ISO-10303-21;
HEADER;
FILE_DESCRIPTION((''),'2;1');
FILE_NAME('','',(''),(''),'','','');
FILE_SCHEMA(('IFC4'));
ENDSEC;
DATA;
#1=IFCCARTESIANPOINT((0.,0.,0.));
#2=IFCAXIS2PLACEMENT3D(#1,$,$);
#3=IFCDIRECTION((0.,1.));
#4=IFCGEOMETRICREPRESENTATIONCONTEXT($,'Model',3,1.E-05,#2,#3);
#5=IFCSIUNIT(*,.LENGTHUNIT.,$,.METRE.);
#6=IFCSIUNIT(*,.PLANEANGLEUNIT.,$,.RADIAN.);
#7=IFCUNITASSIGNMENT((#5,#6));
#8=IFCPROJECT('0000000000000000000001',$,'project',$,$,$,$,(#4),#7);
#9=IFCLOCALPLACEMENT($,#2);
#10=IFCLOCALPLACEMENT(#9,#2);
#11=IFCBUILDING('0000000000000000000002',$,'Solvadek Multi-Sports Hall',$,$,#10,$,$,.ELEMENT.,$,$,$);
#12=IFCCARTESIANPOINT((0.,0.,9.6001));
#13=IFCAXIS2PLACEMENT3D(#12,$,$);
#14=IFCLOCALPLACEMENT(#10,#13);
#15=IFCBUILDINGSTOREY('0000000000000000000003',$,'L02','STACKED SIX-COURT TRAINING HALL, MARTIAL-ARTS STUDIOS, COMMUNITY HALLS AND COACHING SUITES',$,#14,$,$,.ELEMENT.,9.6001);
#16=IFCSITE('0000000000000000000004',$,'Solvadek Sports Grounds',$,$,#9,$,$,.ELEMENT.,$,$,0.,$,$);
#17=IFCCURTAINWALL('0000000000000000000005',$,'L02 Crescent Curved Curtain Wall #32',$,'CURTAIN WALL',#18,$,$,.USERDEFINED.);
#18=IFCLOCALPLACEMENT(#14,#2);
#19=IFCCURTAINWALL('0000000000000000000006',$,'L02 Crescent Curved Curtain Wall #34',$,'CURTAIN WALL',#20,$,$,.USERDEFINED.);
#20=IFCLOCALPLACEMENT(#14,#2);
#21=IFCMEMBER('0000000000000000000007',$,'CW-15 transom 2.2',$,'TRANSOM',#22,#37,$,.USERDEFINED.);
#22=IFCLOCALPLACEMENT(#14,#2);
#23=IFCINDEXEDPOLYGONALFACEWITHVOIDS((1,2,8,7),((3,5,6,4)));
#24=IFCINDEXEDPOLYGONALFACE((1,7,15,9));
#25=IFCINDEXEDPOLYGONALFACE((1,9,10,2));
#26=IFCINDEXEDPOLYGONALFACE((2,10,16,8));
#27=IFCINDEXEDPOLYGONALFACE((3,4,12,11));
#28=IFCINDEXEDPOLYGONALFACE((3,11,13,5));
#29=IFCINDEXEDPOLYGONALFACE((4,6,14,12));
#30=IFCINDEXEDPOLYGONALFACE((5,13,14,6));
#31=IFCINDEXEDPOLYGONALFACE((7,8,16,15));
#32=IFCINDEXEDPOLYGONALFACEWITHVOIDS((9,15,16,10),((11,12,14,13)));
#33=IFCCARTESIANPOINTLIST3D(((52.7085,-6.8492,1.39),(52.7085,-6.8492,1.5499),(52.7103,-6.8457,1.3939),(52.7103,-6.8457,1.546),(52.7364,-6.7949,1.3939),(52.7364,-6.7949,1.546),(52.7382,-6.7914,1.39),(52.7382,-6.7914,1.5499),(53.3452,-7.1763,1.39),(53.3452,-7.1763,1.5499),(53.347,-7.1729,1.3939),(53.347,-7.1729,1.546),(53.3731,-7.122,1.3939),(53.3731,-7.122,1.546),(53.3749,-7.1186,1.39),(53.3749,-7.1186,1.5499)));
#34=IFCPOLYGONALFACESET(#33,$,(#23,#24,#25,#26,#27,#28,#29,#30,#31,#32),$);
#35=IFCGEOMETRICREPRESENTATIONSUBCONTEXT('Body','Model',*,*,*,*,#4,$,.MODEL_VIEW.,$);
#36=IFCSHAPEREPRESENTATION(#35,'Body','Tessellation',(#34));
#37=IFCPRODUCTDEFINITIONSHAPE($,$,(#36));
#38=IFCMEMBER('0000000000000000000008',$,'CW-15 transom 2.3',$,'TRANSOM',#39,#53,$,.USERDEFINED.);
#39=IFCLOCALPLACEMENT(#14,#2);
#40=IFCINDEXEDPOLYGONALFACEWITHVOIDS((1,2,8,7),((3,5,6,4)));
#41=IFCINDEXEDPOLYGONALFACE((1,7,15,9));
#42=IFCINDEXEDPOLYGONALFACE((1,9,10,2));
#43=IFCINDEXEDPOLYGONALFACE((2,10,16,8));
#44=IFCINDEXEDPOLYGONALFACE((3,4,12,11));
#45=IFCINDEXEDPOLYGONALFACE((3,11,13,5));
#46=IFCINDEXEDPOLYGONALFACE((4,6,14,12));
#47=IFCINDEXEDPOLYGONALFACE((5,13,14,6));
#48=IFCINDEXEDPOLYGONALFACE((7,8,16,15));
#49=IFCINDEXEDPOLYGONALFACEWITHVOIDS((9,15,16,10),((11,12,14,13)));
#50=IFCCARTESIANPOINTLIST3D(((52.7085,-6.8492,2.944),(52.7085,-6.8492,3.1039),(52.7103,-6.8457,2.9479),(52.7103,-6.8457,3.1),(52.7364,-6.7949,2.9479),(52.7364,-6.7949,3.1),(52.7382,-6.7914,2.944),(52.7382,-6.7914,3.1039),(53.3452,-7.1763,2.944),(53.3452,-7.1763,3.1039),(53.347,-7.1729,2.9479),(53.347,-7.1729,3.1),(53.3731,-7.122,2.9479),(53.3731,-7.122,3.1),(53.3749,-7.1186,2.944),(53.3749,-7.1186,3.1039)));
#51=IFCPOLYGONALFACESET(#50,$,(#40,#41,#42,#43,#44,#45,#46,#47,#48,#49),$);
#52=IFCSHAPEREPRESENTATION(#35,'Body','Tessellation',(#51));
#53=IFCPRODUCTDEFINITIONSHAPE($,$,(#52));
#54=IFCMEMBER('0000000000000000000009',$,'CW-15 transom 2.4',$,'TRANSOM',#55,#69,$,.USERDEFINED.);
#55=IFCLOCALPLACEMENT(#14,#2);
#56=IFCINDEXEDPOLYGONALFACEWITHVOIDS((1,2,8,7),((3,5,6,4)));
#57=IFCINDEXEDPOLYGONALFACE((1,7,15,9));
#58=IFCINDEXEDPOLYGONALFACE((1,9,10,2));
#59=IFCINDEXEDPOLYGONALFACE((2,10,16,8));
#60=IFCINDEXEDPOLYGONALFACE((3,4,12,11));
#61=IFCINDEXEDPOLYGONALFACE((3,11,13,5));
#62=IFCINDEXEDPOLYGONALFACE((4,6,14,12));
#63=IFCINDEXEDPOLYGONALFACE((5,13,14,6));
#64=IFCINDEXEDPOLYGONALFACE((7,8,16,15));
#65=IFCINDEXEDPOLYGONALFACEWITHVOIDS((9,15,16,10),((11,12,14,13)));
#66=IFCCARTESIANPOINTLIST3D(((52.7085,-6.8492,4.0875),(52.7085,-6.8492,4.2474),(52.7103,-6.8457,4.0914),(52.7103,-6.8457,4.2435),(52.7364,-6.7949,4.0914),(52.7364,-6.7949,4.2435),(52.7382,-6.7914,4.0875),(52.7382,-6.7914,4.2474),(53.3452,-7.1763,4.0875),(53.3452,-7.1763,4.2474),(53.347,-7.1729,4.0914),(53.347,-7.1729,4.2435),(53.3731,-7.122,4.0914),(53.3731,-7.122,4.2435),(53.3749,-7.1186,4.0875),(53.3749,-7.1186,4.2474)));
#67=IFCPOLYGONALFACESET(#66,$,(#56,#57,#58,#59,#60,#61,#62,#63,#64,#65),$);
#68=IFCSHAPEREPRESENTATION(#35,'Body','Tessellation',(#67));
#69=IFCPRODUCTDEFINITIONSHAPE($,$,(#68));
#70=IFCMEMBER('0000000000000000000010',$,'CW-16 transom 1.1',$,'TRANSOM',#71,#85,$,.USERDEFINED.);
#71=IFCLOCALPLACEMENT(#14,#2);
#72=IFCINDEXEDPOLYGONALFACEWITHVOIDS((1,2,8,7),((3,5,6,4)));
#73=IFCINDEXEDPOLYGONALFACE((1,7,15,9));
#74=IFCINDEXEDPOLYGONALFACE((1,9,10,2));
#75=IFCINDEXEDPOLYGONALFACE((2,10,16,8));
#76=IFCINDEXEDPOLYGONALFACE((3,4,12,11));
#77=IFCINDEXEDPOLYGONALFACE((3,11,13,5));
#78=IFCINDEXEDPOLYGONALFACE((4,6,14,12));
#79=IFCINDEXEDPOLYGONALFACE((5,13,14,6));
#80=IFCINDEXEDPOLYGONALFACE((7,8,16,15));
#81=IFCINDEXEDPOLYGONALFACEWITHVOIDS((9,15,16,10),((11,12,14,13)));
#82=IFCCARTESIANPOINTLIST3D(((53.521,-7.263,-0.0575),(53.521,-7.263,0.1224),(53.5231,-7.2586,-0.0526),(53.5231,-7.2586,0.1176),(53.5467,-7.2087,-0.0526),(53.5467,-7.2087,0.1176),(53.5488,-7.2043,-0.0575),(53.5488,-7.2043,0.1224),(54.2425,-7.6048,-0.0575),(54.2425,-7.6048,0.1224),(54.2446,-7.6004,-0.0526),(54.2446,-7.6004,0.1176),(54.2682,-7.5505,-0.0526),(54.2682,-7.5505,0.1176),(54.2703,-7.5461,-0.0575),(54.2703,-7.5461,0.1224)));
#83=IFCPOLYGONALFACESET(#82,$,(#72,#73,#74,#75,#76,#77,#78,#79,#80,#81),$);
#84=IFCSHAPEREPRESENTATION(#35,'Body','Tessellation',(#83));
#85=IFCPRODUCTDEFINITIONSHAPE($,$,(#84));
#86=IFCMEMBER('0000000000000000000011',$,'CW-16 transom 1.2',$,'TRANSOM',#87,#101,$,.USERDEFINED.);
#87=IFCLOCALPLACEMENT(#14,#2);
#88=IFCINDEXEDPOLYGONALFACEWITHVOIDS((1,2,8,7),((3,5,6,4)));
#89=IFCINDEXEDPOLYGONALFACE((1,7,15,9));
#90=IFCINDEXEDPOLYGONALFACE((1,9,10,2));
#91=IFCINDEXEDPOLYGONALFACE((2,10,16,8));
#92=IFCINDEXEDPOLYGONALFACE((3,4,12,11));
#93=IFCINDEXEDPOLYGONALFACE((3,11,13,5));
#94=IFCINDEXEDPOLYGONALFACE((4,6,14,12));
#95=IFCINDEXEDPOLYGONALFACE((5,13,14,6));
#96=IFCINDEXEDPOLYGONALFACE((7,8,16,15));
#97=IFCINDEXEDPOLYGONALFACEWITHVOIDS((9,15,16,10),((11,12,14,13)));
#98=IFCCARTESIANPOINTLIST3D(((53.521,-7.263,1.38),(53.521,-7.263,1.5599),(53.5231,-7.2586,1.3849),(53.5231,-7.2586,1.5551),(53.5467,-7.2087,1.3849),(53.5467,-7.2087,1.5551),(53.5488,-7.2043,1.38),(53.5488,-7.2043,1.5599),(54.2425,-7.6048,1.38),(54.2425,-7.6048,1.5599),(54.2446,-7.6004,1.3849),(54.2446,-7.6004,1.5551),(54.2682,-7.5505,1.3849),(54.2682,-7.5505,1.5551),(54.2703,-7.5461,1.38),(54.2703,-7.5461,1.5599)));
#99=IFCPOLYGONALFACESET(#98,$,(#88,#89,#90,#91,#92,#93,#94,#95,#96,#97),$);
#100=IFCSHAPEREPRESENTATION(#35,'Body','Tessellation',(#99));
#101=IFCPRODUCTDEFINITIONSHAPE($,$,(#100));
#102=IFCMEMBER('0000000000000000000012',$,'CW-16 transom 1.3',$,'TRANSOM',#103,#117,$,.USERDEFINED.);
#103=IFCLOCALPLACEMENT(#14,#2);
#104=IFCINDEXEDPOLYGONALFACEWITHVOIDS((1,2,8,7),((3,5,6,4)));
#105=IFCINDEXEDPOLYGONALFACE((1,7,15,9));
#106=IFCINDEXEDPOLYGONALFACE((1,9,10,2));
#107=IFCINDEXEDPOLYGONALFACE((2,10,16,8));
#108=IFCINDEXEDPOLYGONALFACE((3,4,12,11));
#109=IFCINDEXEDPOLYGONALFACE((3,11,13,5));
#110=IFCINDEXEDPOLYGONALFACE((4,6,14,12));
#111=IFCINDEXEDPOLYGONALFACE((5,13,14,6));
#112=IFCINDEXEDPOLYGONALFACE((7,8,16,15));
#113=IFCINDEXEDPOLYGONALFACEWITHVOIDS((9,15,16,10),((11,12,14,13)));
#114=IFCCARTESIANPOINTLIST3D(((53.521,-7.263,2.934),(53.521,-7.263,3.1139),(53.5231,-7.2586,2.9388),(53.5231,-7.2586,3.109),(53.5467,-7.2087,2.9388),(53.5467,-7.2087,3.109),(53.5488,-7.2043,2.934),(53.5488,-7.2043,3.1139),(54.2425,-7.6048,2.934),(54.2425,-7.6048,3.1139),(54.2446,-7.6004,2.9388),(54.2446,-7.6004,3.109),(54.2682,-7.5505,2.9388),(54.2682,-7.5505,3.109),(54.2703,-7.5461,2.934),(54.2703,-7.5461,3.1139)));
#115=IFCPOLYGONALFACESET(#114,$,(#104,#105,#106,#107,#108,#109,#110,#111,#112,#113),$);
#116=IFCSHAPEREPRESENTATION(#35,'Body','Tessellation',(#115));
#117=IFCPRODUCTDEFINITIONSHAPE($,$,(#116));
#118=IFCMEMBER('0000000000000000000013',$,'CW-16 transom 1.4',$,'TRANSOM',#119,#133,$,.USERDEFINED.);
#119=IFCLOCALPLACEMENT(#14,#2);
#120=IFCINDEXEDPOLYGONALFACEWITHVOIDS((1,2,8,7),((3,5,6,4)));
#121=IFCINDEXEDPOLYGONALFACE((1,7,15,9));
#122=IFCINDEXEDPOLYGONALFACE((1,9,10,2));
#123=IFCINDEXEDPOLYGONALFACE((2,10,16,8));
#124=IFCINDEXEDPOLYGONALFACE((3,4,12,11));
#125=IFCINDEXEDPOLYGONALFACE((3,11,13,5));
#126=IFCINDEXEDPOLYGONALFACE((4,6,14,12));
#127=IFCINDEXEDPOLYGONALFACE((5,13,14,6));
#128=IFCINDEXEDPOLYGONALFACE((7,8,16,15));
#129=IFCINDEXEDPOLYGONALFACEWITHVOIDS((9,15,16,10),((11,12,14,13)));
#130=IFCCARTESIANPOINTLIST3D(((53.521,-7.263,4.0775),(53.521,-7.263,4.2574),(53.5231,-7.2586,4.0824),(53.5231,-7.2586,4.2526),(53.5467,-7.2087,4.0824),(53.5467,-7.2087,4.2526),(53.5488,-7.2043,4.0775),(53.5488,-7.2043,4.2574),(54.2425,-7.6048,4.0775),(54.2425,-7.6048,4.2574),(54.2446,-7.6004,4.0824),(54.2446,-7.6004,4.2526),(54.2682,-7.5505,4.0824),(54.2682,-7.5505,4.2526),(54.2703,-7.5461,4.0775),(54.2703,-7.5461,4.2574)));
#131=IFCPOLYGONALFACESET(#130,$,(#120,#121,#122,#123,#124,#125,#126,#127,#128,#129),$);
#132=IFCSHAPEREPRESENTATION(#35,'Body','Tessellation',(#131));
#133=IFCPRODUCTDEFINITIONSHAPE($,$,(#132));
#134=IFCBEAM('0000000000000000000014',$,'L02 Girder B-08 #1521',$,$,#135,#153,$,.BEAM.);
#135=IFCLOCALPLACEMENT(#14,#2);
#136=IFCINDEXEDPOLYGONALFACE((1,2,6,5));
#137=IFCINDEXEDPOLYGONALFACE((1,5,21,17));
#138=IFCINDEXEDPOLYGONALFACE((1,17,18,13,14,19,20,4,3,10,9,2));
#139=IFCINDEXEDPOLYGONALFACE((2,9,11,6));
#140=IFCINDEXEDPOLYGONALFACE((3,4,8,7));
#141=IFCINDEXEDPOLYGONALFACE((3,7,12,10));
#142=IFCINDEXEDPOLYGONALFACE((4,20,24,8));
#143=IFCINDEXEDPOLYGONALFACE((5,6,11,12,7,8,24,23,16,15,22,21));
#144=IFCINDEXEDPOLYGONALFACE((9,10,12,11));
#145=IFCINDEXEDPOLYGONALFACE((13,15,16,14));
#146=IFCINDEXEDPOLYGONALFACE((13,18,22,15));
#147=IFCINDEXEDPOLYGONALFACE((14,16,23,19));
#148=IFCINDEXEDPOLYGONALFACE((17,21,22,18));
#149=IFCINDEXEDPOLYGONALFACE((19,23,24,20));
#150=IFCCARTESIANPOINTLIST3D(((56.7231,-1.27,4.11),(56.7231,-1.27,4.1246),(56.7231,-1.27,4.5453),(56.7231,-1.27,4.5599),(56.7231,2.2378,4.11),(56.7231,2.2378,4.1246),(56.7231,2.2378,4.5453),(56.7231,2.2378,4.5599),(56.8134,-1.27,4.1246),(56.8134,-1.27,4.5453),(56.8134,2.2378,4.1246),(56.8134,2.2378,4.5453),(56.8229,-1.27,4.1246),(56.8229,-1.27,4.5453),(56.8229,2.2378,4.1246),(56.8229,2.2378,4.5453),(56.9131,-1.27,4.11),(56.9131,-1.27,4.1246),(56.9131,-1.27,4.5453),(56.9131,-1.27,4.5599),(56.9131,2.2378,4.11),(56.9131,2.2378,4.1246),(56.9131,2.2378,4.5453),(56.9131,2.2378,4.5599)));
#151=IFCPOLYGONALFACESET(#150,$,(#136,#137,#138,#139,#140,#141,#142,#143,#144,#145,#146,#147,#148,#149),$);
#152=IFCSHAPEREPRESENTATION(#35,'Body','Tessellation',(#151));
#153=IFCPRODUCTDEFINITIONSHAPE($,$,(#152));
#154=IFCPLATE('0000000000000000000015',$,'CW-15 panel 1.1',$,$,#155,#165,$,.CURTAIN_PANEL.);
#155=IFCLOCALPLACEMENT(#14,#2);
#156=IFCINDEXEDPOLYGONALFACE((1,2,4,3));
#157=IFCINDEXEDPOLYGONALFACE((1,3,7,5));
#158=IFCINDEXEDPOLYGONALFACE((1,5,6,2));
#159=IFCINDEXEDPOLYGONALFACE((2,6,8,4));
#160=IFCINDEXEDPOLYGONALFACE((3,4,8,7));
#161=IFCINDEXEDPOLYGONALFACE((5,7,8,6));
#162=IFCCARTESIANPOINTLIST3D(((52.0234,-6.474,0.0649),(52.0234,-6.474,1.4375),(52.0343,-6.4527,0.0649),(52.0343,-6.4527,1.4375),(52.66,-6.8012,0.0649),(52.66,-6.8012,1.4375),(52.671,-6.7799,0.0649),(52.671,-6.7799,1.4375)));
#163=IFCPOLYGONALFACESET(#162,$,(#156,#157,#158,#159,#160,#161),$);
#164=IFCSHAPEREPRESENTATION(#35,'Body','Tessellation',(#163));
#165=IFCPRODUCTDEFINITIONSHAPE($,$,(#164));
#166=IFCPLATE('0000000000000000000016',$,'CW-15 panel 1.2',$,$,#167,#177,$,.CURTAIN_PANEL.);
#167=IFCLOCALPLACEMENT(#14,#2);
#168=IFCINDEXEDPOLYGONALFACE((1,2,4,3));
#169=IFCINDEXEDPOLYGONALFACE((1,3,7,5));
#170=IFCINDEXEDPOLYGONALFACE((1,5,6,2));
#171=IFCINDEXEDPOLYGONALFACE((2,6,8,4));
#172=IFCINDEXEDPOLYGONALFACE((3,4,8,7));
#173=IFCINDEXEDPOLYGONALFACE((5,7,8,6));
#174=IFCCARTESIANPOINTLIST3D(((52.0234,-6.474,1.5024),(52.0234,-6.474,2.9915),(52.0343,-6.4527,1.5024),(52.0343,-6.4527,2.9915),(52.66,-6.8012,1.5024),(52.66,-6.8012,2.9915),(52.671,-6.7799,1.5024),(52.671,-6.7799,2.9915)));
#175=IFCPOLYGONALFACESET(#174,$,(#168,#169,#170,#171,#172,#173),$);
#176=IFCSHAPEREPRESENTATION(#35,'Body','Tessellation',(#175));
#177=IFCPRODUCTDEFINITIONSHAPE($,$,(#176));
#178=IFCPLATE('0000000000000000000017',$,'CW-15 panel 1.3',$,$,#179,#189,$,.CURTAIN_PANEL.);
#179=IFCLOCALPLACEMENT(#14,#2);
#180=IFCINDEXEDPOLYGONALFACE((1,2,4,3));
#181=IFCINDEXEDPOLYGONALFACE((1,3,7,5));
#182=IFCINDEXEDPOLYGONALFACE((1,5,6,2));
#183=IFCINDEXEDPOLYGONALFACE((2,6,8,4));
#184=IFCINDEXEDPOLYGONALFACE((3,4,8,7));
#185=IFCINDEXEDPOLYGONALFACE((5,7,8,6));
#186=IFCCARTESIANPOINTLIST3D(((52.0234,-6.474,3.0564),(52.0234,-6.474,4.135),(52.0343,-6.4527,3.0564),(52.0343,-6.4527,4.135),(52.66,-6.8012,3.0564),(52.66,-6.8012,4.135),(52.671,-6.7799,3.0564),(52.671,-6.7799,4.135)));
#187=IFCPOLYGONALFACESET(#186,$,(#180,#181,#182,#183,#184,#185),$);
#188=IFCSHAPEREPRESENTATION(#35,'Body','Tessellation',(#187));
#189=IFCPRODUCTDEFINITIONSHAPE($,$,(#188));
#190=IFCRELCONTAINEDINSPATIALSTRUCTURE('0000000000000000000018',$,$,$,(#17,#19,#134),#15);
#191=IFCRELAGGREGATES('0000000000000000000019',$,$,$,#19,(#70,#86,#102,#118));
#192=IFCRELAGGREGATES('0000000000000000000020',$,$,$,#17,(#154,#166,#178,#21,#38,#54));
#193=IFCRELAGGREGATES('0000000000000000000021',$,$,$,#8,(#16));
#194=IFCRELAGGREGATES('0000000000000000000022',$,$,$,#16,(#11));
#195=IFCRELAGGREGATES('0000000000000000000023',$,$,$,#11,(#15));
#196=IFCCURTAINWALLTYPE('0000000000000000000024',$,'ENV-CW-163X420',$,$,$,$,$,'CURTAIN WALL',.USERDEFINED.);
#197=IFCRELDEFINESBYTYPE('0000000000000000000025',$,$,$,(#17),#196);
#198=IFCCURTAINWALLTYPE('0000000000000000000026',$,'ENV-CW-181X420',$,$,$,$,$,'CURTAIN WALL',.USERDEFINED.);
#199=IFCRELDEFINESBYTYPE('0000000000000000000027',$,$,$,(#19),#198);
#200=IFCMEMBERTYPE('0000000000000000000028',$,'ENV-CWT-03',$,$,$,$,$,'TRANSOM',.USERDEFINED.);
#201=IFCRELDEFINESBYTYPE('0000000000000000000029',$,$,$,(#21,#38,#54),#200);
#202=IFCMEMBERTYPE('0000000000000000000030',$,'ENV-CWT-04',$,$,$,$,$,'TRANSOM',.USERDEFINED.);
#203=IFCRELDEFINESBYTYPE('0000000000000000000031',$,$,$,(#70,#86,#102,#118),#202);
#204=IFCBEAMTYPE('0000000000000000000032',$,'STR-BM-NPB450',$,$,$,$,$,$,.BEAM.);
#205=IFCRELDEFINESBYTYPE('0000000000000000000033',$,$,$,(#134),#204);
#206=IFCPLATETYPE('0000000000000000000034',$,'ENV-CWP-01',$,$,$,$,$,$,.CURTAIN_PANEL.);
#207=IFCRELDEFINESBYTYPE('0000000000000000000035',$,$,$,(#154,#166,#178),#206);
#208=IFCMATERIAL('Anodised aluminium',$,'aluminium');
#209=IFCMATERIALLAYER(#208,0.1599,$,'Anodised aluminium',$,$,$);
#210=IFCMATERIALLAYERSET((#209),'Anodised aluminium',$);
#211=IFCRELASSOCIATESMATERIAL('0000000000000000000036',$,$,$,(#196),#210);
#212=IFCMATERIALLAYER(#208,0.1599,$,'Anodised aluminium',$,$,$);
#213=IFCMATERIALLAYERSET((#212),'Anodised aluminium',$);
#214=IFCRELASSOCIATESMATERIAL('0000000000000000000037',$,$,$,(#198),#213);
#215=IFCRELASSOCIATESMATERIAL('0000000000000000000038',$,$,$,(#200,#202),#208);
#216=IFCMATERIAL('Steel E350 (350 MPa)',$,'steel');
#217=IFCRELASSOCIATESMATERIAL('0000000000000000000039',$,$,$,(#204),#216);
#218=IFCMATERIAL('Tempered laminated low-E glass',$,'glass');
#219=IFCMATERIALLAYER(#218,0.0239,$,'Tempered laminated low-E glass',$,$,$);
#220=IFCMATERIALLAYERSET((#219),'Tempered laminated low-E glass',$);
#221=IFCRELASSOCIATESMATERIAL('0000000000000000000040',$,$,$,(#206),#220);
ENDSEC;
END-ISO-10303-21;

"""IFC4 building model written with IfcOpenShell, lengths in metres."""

from ifc_helpers import new_model, si_unit, direction, frame, origin, origin_2d, place, context, subcontext, project, spatial, rectangle, hollow_rectangle, i_section, extrude, material, layer, layer_set, material_profile, profile_set, type_object, element, aggregate, save


model = new_model("IFC4")

# Units and contexts
model_context = context("Model", 3, precision=1e-05, world=origin(), true_north=direction((0.0, 1.0)))
body_context = subcontext(model_context, "Body", "Model", "MODEL_VIEW")
ifc_project = project(units=[si_unit("LENGTHUNIT", "METRE"), si_unit("PLANEANGLEUNIT", "RADIAN")], contexts=[model_context])

# Site, building, storey
site_placement = place(None, origin())
site = spatial("IfcSite", under=ifc_project, at=site_placement, Name="Solvadek Sports Grounds", CompositionType="ELEMENT", RefElevation=0.0)
building_placement = place(site_placement, origin())
building = spatial("IfcBuilding", under=site, at=building_placement, Name="Solvadek Multi-Sports Hall", CompositionType="ELEMENT")
storey_placement = place(building_placement, frame((0.0, 0.0, 9.6001)))
storey = spatial("IfcBuildingStorey", under=building, at=storey_placement, Name="L02", Description="STACKED SIX-COURT TRAINING HALL, MARTIAL-ARTS STUDIOS, COMMUNITY HALLS AND COACHING SUITES", CompositionType="ELEMENT", Elevation=9.6001)

# Shared definitions
ifc_material_1 = material(Name="Steel E350 (350 MPa)", Category="steel")

# Curtain wall
ifc_material_2 = material(Name="Anodised aluminium", Category="aluminium")
ifc_layer_1 = layer(ifc_material_2, 0.1599, Name="Anodised aluminium")
ifc_layer_set_1 = layer_set([ifc_layer_1], Name="Anodised aluminium")
curtain_wall_type_1 = type_object("IfcCurtainWallType", Name="ENV-CW-163X420", ElementType="CURTAIN WALL", PredefinedType="USERDEFINED", material=ifc_layer_set_1)
curtain_wall_1_placement = place(storey_placement, origin())
curtain_wall_1 = element("IfcCurtainWall", 1, at=curtain_wall_1_placement, inside=storey, type_object=curtain_wall_type_1, Name="L02 Crescent Curved Curtain Wall #32", ObjectType="CURTAIN WALL", PredefinedType="USERDEFINED")

# Curtain wall
ifc_layer_2 = layer(ifc_material_2, 0.1599, Name="Anodised aluminium")
ifc_layer_set_2 = layer_set([ifc_layer_2], Name="Anodised aluminium")
curtain_wall_type_2 = type_object("IfcCurtainWallType", Name="ENV-CW-181X420", ElementType="CURTAIN WALL", PredefinedType="USERDEFINED", material=ifc_layer_set_2)
curtain_wall_2_placement = place(storey_placement, origin())
curtain_wall_2 = element("IfcCurtainWall", 2, at=curtain_wall_2_placement, inside=storey, type_object=curtain_wall_type_2, Name="L02 Crescent Curved Curtain Wall #34", ObjectType="CURTAIN WALL", PredefinedType="USERDEFINED")

# Members
ifc_material_profile_1 = material_profile(ifc_material_2, hollow_rectangle(XDim=0.0649, YDim=0.1599, WallThickness=0.0039, at=origin_2d()), Name="ALU-T 160x65x4")
ifc_profile_set_1 = profile_set([ifc_material_profile_1], Name="Anodised aluminium")
member_type_1 = type_object("IfcMemberType", Name="ENV-CWT-03", ElementType="TRANSOM", PredefinedType="USERDEFINED", material=ifc_profile_set_1)
member_1_placement = place(storey_placement, frame((52.7234, -6.8203, 1.47), z_axis=(0.889462, -0.457009, 0.0), x_axis=(0.457009, 0.889462, 0.0)))
member_1 = element("IfcMember", 3, at=member_1_placement, type_object=member_type_1, Name="CW-15 transom 2.2", ObjectType="TRANSOM", PredefinedType="USERDEFINED", context=body_context, shape_type="SweptSolid", body=[
    extrude(hollow_rectangle(XDim=0.0649, YDim=0.1599, WallThickness=0.0039, at=origin_2d()), origin(), (0.0, 0.0, 1.0), 0.7158),
])
member_2_placement = place(storey_placement, frame((52.7234, -6.8203, 3.0239), z_axis=(0.889462, -0.457009, 0.0), x_axis=(0.457009, 0.889462, 0.0)))
member_2 = element("IfcMember", 4, at=member_2_placement, type_object=member_type_1, Name="CW-15 transom 2.3", ObjectType="TRANSOM", PredefinedType="USERDEFINED", context=body_context, shape_type="SweptSolid", body=[
    extrude(hollow_rectangle(XDim=0.0649, YDim=0.1599, WallThickness=0.0039, at=origin_2d()), origin(), (0.0, 0.0, 1.0), 0.7158),
])
member_3_placement = place(storey_placement, frame((52.7234, -6.8203, 4.1675), z_axis=(0.889462, -0.457009, 0.0), x_axis=(0.457009, 0.889462, 0.0)))
member_3 = element("IfcMember", 5, at=member_3_placement, type_object=member_type_1, Name="CW-15 transom 2.4", ObjectType="TRANSOM", PredefinedType="USERDEFINED", context=body_context, shape_type="SweptSolid", body=[
    extrude(hollow_rectangle(XDim=0.0649, YDim=0.1599, WallThickness=0.0039, at=origin_2d()), origin(), (0.0, 0.0, 1.0), 0.7158),
])
ifc_material_profile_2 = material_profile(ifc_material_2, hollow_rectangle(XDim=0.0649, YDim=0.1799, WallThickness=0.0049, at=origin_2d()), Name="ALU-T 180x65x5")
ifc_profile_set_2 = profile_set([ifc_material_profile_2], Name="Anodised aluminium")
member_type_2 = type_object("IfcMemberType", Name="ENV-CWT-04", ElementType="TRANSOM", PredefinedType="USERDEFINED", material=ifc_profile_set_2)
member_4_placement = place(storey_placement, frame((53.5349, -7.2336, 0.0325), z_axis=(0.903707, -0.428152, 0.0), x_axis=(0.428152, 0.903707, 0.0)))
member_4 = element("IfcMember", 6, at=member_4_placement, type_object=member_type_2, Name="CW-16 transom 1.1", ObjectType="TRANSOM", PredefinedType="USERDEFINED", context=body_context, shape_type="SweptSolid", body=[
    extrude(hollow_rectangle(XDim=0.0649, YDim=0.1799, WallThickness=0.0049, at=origin_2d()), origin(), (0.0, 0.0, 1.0), 0.7983),
])
member_5_placement = place(storey_placement, frame((53.5349, -7.2336, 1.47), z_axis=(0.903707, -0.428152, 0.0), x_axis=(0.428152, 0.903707, 0.0)))
member_5 = element("IfcMember", 7, at=member_5_placement, type_object=member_type_2, Name="CW-16 transom 1.2", ObjectType="TRANSOM", PredefinedType="USERDEFINED", context=body_context, shape_type="SweptSolid", body=[
    extrude(hollow_rectangle(XDim=0.0649, YDim=0.1799, WallThickness=0.0049, at=origin_2d()), origin(), (0.0, 0.0, 1.0), 0.7983),
])
member_6_placement = place(storey_placement, frame((53.5349, -7.2336, 3.0239), z_axis=(0.903707, -0.428152, 0.0), x_axis=(0.428152, 0.903707, 0.0)))
member_6 = element("IfcMember", 8, at=member_6_placement, type_object=member_type_2, Name="CW-16 transom 1.3", ObjectType="TRANSOM", PredefinedType="USERDEFINED", context=body_context, shape_type="SweptSolid", body=[
    extrude(hollow_rectangle(XDim=0.0649, YDim=0.1799, WallThickness=0.0049, at=origin_2d()), origin(), (0.0, 0.0, 1.0), 0.7983),
])
member_7_placement = place(storey_placement, frame((53.5349, -7.2336, 4.1675), z_axis=(0.903707, -0.428152, 0.0), x_axis=(0.428152, 0.903707, 0.0)))
member_7 = element("IfcMember", 9, at=member_7_placement, type_object=member_type_2, Name="CW-16 transom 1.4", ObjectType="TRANSOM", PredefinedType="USERDEFINED", context=body_context, shape_type="SweptSolid", body=[
    extrude(hollow_rectangle(XDim=0.0649, YDim=0.1799, WallThickness=0.0049, at=origin_2d()), origin(), (0.0, 0.0, 1.0), 0.7983),
])
aggregate(curtain_wall_2, [member_4, member_5, member_6, member_7])

# Beam
ifc_material_profile_3 = material_profile(ifc_material_1, i_section(OverallWidth=0.1899, OverallDepth=0.45, WebThickness=0.0095, FlangeThickness=0.0146, at=origin_2d()), Name="NPB 450")
ifc_profile_set_3 = profile_set([ifc_material_profile_3], Name="Steel E350 (350 MPa)")
beam_type = type_object("IfcBeamType", Name="STR-BM-NPB450", PredefinedType="BEAM", material=ifc_profile_set_3)
beam_placement = place(storey_placement, frame((56.8181, -1.27, 4.335), z_axis=(0.0, 1.0, 0.0), x_axis=(-1.0, 0.0, 0.0)))
element("IfcBeam", 10, at=beam_placement, inside=storey, type_object=beam_type, Name="L02 Girder B-08 #1521", PredefinedType="BEAM", context=body_context, shape_type="SweptSolid", body=[
    extrude(i_section(OverallWidth=0.1899, OverallDepth=0.45, WebThickness=0.0095, FlangeThickness=0.0146, at=origin_2d()), origin(), (0.0, 0.0, 1.0), 3.5078),
])

# Plates
ifc_material_3 = material(Name="Tempered laminated low-E glass", Category="glass")
ifc_layer_3 = layer(ifc_material_3, 0.0239, Name="Tempered laminated low-E glass")
ifc_layer_set_3 = layer_set([ifc_layer_3], Name="Tempered laminated low-E glass")
plate_type_1 = type_object("IfcPlateType", Name="ENV-CWP-01", PredefinedType="CURTAIN_PANEL", material=ifc_layer_set_3)
plate_1_placement = place(storey_placement, frame((52.3472, -6.627, 0.0649), z_axis=(0.0, 0.0, 1.0), x_axis=(0.889417, -0.457097, 0.0)))
plate_1 = element("IfcPlate", 11, at=plate_1_placement, type_object=plate_type_1, Name="CW-15 panel 1.1", PredefinedType="CURTAIN_PANEL", context=body_context, shape_type="SweptSolid", body=[
    extrude(rectangle(XDim=0.7158, YDim=0.0239, at=origin_2d()), origin(), (0.0, 0.0, 1.0), 1.3726),
])
plate_2_placement = place(storey_placement, frame((52.3472, -6.627, 1.5024), z_axis=(0.0, 0.0, 1.0), x_axis=(0.889417, -0.457097, 0.0)))
plate_2 = element("IfcPlate", 12, at=plate_2_placement, type_object=plate_type_1, Name="CW-15 panel 1.2", PredefinedType="CURTAIN_PANEL", context=body_context, shape_type="SweptSolid", body=[
    extrude(rectangle(XDim=0.7158, YDim=0.0239, at=origin_2d()), origin(), (0.0, 0.0, 1.0), 1.489),
])
plate_3_placement = place(storey_placement, frame((52.3472, -6.627, 3.0564), z_axis=(0.0, 0.0, 1.0), x_axis=(0.889417, -0.457097, 0.0)))
plate_3 = element("IfcPlate", 13, at=plate_3_placement, type_object=plate_type_1, Name="CW-15 panel 1.3", PredefinedType="CURTAIN_PANEL", context=body_context, shape_type="SweptSolid", body=[
    extrude(rectangle(XDim=0.7158, YDim=0.0239, at=origin_2d()), origin(), (0.0, 0.0, 1.0), 1.0786),
])
aggregate(curtain_wall_1, [plate_1, plate_2, plate_3, member_1, member_2, member_3])

save(model, "model.ifc")
